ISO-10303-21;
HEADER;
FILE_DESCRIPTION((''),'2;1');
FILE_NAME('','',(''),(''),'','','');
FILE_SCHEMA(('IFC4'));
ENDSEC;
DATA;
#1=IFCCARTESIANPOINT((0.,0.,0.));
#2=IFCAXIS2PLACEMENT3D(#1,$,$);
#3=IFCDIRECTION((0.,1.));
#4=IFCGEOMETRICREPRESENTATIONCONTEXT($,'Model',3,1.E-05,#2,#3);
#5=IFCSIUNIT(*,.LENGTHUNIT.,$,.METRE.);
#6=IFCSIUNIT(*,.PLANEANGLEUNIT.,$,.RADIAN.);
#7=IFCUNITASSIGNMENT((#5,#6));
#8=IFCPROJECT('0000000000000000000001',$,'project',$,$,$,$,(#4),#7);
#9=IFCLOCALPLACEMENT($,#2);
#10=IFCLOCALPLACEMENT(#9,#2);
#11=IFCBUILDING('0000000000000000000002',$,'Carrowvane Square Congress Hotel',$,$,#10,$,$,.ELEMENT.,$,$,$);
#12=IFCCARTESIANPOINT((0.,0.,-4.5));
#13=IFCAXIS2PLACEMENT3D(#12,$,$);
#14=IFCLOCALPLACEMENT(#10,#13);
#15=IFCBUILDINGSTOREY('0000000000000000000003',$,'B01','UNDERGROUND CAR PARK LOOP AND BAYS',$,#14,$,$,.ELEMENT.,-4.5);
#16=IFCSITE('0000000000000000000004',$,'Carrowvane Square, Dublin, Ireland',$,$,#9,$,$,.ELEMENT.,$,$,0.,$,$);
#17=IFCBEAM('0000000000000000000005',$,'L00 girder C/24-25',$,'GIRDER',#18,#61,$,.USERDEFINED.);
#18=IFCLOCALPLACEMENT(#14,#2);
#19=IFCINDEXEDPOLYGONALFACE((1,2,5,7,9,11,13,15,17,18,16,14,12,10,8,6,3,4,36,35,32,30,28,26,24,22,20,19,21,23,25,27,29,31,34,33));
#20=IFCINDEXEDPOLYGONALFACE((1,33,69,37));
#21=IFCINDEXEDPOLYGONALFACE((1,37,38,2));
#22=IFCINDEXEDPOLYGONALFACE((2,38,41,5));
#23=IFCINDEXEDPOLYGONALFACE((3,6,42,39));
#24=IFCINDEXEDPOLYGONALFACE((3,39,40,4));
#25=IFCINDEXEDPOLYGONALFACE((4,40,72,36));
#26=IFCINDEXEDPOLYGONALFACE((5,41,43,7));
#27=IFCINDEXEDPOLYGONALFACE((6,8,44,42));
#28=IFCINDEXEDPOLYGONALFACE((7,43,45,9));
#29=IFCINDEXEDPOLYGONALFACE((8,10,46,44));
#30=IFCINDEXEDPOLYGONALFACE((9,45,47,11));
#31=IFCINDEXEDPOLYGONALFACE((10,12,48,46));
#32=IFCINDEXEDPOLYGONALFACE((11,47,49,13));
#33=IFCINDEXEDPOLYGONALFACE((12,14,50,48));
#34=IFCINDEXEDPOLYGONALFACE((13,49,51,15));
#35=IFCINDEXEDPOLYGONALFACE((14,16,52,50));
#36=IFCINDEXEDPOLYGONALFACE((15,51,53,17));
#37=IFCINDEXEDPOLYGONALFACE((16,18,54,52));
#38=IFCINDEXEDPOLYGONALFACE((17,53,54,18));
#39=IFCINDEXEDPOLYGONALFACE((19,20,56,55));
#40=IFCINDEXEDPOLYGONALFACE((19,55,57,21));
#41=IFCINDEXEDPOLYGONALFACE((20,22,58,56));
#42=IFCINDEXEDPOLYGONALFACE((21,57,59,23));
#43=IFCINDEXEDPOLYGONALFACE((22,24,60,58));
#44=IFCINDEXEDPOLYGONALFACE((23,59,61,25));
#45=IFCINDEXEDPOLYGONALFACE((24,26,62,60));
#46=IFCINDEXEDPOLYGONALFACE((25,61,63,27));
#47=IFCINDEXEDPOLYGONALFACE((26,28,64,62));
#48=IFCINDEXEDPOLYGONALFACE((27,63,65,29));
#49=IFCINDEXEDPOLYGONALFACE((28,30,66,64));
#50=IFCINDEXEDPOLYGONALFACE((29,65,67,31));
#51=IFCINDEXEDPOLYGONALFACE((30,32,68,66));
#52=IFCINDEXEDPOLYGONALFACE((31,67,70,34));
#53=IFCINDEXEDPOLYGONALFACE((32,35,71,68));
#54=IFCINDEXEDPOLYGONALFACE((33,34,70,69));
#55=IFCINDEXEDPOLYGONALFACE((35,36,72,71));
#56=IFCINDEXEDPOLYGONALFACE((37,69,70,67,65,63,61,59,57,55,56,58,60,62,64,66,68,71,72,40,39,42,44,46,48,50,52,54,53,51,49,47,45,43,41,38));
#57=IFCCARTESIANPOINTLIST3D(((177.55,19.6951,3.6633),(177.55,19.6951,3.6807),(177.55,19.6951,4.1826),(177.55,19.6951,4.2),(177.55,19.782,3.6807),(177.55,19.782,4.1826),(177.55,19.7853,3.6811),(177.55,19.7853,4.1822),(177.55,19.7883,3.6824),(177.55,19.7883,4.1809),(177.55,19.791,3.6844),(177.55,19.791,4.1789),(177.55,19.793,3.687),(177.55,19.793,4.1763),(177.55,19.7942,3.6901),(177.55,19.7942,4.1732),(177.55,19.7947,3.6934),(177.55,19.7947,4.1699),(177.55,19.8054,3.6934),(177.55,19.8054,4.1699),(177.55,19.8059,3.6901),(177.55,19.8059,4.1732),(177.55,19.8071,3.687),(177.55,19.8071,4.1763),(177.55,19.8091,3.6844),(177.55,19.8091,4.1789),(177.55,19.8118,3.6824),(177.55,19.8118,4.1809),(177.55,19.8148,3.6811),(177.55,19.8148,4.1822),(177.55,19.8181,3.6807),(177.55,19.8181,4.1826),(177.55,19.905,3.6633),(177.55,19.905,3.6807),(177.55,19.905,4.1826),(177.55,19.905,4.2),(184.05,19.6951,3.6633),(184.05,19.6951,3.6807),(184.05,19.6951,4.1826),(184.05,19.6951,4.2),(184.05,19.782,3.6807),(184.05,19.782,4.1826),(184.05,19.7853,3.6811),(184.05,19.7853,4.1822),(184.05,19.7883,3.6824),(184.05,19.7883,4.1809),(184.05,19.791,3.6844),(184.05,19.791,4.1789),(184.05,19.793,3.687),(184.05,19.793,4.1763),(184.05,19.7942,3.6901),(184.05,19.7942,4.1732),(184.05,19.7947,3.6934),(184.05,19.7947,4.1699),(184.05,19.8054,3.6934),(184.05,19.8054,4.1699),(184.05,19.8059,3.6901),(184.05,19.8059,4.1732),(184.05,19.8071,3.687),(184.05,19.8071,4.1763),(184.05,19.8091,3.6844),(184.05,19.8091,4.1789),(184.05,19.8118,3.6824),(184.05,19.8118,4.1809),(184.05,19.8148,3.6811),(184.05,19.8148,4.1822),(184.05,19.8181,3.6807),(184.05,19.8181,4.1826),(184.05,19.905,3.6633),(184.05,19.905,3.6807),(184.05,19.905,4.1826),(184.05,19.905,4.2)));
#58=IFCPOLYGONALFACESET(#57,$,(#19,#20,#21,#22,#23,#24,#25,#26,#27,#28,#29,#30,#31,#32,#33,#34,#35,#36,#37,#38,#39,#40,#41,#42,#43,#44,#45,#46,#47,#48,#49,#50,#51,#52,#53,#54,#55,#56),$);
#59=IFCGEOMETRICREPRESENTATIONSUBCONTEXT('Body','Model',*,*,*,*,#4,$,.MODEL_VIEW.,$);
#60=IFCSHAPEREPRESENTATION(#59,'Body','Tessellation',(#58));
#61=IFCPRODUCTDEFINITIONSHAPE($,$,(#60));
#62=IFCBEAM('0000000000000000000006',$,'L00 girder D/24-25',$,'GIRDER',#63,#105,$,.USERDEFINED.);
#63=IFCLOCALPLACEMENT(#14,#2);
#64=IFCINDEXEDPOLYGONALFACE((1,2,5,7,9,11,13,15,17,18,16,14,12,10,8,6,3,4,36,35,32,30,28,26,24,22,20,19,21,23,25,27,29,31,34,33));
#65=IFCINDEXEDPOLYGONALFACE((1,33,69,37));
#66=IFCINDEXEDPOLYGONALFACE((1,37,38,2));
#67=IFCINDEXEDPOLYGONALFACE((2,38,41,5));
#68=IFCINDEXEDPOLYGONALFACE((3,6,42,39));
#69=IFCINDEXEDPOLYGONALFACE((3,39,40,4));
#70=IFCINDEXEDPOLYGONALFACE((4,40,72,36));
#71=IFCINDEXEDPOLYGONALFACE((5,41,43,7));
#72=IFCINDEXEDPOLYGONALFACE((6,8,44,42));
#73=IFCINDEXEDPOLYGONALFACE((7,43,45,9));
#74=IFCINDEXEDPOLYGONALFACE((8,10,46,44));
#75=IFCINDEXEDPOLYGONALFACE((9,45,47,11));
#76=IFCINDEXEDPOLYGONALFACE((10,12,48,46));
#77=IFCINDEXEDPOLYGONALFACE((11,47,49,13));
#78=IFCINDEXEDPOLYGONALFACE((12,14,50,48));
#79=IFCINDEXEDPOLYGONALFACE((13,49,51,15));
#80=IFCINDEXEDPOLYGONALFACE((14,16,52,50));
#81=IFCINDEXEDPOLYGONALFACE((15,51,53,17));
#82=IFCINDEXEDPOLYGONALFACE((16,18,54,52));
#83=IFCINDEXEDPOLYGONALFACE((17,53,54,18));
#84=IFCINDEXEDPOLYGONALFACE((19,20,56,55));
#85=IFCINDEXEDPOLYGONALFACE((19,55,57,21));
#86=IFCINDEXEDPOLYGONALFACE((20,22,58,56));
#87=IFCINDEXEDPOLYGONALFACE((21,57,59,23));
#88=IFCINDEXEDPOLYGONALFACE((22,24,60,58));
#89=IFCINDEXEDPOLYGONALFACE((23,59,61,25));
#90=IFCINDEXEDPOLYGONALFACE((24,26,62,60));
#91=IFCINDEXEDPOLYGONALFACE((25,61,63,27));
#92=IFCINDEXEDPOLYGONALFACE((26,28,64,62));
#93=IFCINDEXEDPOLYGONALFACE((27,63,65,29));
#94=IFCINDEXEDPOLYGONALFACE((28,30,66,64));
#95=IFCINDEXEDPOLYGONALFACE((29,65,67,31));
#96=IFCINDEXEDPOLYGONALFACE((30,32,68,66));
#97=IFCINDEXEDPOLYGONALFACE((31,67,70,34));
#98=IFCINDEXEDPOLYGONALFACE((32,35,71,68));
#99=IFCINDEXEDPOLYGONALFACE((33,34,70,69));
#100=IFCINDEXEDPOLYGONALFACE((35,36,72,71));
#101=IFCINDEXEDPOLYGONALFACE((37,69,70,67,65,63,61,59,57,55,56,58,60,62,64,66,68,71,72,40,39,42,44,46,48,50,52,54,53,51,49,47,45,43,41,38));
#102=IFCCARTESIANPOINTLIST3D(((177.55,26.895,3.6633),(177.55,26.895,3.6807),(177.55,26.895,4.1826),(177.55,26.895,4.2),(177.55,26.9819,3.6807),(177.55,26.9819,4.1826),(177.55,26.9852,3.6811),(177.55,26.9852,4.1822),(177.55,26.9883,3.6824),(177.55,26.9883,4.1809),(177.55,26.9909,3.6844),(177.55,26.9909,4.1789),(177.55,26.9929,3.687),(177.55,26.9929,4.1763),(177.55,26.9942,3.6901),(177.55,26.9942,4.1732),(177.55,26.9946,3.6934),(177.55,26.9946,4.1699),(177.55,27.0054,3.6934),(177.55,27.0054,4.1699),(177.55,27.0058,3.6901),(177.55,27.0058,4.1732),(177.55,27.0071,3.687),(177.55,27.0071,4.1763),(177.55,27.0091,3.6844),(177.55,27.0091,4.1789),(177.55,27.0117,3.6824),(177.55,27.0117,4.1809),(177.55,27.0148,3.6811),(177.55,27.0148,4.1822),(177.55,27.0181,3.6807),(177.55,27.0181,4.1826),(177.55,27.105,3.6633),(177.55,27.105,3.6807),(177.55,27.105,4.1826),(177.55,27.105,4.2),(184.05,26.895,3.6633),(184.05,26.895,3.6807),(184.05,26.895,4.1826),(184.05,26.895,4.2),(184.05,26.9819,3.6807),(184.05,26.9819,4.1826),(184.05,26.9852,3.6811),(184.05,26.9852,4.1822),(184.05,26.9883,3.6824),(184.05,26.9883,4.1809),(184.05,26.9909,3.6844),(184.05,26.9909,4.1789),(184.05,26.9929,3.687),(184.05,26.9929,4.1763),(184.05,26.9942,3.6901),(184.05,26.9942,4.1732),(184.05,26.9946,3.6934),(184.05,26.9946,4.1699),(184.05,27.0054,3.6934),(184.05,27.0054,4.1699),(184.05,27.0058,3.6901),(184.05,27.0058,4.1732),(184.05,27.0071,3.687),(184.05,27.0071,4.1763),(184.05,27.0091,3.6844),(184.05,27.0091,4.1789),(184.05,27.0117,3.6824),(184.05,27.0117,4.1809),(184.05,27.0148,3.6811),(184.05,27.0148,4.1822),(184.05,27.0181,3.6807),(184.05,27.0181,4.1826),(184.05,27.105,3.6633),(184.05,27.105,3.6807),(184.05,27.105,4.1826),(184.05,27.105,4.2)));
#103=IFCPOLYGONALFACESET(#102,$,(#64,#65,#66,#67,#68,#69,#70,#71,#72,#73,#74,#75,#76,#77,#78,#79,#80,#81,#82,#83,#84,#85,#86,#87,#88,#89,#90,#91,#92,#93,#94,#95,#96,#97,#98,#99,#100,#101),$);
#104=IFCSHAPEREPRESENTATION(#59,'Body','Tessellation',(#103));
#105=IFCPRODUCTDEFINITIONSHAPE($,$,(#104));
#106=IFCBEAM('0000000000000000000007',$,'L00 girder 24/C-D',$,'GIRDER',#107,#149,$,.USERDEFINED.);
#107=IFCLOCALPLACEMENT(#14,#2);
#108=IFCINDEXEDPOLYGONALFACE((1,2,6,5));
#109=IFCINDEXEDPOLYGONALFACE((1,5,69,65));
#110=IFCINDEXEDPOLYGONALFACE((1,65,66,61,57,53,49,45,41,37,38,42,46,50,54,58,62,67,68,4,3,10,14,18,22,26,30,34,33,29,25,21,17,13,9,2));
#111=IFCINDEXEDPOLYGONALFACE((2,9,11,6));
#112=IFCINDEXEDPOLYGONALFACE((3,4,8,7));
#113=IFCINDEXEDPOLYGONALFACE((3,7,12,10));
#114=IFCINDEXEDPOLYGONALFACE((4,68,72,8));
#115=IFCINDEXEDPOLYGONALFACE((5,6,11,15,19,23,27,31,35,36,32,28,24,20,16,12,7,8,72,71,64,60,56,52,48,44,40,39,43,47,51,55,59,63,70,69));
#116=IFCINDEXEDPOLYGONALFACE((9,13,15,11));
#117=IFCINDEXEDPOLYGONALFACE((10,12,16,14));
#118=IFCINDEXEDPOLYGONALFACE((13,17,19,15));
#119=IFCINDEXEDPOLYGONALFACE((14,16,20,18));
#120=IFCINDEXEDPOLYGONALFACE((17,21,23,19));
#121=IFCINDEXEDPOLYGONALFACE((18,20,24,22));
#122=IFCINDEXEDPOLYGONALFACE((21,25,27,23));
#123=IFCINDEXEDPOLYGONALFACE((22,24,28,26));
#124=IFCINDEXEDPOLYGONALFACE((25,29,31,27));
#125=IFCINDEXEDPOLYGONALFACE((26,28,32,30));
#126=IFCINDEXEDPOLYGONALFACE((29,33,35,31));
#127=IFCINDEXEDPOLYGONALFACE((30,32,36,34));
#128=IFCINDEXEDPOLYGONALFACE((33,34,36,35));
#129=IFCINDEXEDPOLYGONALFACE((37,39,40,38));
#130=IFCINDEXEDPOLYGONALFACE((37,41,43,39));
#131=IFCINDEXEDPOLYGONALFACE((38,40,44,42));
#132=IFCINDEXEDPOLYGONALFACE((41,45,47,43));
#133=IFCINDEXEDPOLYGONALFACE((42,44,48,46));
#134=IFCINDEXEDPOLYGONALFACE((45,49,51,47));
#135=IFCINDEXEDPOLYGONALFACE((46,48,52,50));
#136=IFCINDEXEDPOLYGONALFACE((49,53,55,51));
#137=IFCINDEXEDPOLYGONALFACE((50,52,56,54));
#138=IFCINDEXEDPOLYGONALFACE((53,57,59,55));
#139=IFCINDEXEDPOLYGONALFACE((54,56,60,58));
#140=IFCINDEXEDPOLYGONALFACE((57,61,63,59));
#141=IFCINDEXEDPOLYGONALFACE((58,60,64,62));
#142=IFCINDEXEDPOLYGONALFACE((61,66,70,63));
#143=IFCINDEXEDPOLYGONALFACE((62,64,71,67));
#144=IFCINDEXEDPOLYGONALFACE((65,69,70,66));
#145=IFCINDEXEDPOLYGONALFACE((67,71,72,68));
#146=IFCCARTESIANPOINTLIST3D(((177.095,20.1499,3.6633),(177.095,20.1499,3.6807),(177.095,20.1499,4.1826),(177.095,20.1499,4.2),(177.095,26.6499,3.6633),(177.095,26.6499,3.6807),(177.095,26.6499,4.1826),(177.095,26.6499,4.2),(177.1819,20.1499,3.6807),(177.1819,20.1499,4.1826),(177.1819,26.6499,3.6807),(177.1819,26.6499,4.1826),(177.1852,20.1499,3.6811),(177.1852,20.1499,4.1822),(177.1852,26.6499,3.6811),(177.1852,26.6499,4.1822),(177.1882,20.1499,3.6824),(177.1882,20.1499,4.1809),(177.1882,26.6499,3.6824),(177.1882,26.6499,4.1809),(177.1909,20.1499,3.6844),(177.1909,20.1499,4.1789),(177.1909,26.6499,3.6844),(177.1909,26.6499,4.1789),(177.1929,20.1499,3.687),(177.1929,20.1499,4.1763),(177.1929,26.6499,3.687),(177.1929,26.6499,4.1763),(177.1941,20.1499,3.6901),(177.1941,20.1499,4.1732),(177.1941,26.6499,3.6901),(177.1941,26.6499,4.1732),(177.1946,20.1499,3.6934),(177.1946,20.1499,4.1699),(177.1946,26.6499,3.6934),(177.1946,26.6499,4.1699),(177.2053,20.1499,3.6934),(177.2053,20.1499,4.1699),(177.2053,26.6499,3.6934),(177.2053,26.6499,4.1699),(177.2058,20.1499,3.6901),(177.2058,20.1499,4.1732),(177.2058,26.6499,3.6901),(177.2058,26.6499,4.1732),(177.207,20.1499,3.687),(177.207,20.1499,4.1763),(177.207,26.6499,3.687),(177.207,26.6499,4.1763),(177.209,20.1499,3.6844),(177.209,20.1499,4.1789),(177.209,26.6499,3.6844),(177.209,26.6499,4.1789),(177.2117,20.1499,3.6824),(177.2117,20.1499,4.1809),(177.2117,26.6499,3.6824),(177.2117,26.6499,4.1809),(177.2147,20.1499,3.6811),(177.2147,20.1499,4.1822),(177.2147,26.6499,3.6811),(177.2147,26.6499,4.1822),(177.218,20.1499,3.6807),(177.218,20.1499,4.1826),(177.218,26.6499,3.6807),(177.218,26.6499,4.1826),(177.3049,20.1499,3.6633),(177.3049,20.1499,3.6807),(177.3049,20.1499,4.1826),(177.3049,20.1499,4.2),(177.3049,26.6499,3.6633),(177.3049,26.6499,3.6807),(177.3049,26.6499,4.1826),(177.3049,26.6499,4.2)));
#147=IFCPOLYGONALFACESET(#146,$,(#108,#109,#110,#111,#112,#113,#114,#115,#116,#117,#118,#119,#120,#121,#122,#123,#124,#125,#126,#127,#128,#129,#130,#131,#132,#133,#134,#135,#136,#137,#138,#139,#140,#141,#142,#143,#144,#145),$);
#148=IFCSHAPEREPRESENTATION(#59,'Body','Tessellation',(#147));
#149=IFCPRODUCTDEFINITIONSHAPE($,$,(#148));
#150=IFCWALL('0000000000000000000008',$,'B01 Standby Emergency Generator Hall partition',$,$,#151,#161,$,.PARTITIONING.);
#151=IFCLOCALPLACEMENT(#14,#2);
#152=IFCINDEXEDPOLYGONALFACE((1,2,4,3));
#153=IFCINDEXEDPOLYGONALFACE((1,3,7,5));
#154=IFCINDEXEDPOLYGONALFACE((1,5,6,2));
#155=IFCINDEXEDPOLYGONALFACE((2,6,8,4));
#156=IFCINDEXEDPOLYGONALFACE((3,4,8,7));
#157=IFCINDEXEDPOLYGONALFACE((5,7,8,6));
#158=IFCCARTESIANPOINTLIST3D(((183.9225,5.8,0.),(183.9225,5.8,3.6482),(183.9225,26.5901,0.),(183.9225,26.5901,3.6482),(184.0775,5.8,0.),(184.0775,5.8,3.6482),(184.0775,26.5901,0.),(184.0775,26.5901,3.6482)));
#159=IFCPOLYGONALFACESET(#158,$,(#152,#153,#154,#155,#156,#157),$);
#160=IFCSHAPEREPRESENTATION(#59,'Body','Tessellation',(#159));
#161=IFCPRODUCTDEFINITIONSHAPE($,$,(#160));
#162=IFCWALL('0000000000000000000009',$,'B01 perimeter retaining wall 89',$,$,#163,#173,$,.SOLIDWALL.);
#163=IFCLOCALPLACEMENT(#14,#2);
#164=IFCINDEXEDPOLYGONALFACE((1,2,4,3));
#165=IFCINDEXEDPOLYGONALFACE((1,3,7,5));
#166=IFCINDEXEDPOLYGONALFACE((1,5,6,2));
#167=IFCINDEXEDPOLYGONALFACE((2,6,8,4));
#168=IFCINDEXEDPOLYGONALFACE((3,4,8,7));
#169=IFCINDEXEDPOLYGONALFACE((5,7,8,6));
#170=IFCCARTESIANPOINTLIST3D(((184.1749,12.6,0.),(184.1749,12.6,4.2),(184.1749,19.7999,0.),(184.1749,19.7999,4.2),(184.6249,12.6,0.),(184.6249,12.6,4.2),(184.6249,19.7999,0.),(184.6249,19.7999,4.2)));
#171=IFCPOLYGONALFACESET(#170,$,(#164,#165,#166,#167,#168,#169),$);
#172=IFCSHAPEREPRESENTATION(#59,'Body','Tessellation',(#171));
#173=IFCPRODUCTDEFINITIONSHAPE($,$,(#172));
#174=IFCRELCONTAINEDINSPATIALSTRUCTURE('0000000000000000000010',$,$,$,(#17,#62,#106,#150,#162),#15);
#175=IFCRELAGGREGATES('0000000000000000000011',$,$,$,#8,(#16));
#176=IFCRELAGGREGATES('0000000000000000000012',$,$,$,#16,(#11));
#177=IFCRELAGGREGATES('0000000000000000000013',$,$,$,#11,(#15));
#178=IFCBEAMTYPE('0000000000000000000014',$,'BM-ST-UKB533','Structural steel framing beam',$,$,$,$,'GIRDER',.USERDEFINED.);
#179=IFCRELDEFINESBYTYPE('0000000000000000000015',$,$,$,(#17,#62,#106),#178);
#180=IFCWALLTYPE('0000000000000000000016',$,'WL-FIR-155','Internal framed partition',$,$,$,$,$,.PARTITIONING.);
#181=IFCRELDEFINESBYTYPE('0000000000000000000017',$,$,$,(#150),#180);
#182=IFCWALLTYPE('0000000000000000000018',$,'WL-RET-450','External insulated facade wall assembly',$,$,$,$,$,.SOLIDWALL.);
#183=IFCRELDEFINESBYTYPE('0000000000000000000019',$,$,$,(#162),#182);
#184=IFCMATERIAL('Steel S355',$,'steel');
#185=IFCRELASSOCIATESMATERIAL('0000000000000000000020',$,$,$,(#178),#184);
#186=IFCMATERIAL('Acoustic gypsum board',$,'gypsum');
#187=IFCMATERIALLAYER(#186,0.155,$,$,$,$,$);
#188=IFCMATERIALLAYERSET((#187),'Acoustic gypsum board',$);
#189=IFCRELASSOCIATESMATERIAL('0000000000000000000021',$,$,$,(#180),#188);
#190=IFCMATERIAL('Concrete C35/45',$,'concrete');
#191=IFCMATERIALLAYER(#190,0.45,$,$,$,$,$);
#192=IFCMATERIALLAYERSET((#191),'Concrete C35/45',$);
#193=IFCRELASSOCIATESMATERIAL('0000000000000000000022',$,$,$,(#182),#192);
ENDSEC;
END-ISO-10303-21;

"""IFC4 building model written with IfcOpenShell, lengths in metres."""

from ifc_helpers import new_model, si_unit, direction, frame, frame_2d, origin, origin_2d, place, context, subcontext, project, spatial, rectangle, i_section, extrude, material, layer, layer_set, material_profile, profile_set, type_object, element, save


model = new_model("IFC4")

# Units and contexts
model_context = context("Model", 3, precision=1e-05, world=origin(), true_north=direction((0.0, 1.0)))
body_context = subcontext(model_context, "Body", "Model", "MODEL_VIEW")
ifc_project = project(units=[si_unit("LENGTHUNIT", "METRE"), si_unit("PLANEANGLEUNIT", "RADIAN")], contexts=[model_context])

# Site, building, storey
site_placement = place(None, origin())
site = spatial("IfcSite", under=ifc_project, at=site_placement, Name="Carrowvane Square, Dublin, Ireland", CompositionType="ELEMENT", RefElevation=0.0)
building_placement = place(site_placement, origin())
building = spatial("IfcBuilding", under=site, at=building_placement, Name="Carrowvane Square Congress Hotel", CompositionType="ELEMENT")
storey_placement = place(building_placement, frame((0.0, 0.0, -4.5)))
storey = spatial("IfcBuildingStorey", under=building, at=storey_placement, Name="B01", Description="UNDERGROUND CAR PARK LOOP AND BAYS", CompositionType="ELEMENT", Elevation=-4.5)

# Beams
ifc_material_1 = material(Name="Steel S355", Category="steel")
ifc_material_profile_1 = material_profile(ifc_material_1, i_section(OverallWidth=0.21, OverallDepth=0.5366, WebThickness=0.0107, FlangeThickness=0.0173, FilletRadius=0.0127, at=origin_2d()), Name="UKB 533x210x101")
ifc_profile_set_1 = profile_set([ifc_material_profile_1], Name="Steel S355")
beam_type_1 = type_object("IfcBeamType", Name="BM-ST-UKB533", Description="Structural steel framing beam", ElementType="GIRDER", PredefinedType="USERDEFINED", material=ifc_profile_set_1)
for number, where, z_axis, x_axis, name in (
    (1, (177.55, 19.8, 3.9316), (1.0, 0.0, 0.0), (0.0, 1.0, 0.0), "L00 girder C/24-25"),
    (2, (177.55, 27.0, 3.9316), (1.0, 0.0, 0.0), (0.0, 1.0, 0.0), "L00 girder D/24-25"),
    (3, (177.2, 20.1499, 3.9316), (0.0, 1.0, 0.0), (-1.0, 0.0, 0.0), "L00 girder 24/C-D"),
):
    element("IfcBeam", number, at=place(storey_placement, frame(where, z_axis=z_axis, x_axis=x_axis)), inside=storey, type_object=beam_type_1, Name=name, ObjectType="GIRDER", PredefinedType="USERDEFINED", context=body_context, shape_type="SweptSolid", body=[
        extrude(i_section(OverallWidth=0.21, OverallDepth=0.5366, WebThickness=0.0107, FlangeThickness=0.0173, FilletRadius=0.0127, at=origin_2d()), origin(), (0.0, 0.0, 1.0), 6.5),
    ])

# Walls
ifc_material_2 = material(Name="Acoustic gypsum board", Category="gypsum")
ifc_layer_1 = layer(ifc_material_2, 0.155)
ifc_layer_set_1 = layer_set([ifc_layer_1], Name="Acoustic gypsum board")
wall_type_1 = type_object("IfcWallType", Name="WL-FIR-155", Description="Internal framed partition", PredefinedType="PARTITIONING", material=ifc_layer_set_1)
wall_1_placement = place(storey_placement, frame((184.0, 26.5901, 0.0), z_axis=(0.0, 0.0, 1.0), x_axis=(0.0, -1.0, 0.0)))
element("IfcWall", 4, at=wall_1_placement, inside=storey, type_object=wall_type_1, Name="B01 Standby Emergency Generator Hall partition", PredefinedType="PARTITIONING", context=body_context, shape_type="SweptSolid", body=[
    extrude(rectangle(XDim=20.79, YDim=0.155, at=frame_2d((10.395, 0.0))), origin(), (0.0, 0.0, 1.0), 3.6482),
])
ifc_material_3 = material(Name="Concrete C35/45", Category="concrete")
ifc_layer_2 = layer(ifc_material_3, 0.45)
ifc_layer_set_2 = layer_set([ifc_layer_2], Name="Concrete C35/45")
wall_type_2 = type_object("IfcWallType", Name="WL-RET-450", Description="External insulated facade wall assembly", PredefinedType="SOLIDWALL", material=ifc_layer_set_2)
wall_2_placement = place(storey_placement, frame((184.3999, 19.8, 0.0), z_axis=(0.0, 0.0, 1.0), x_axis=(0.0, -1.0, 0.0)))
element("IfcWall", 5, at=wall_2_placement, inside=storey, type_object=wall_type_2, Name="B01 perimeter retaining wall 89", PredefinedType="SOLIDWALL", context=body_context, shape_type="SweptSolid", body=[
    extrude(rectangle(XDim=7.2, YDim=0.45, at=frame_2d((3.6001, 0.0))), origin(), (0.0, 0.0, 1.0), 4.2),
])

save(model, "model.ifc")
